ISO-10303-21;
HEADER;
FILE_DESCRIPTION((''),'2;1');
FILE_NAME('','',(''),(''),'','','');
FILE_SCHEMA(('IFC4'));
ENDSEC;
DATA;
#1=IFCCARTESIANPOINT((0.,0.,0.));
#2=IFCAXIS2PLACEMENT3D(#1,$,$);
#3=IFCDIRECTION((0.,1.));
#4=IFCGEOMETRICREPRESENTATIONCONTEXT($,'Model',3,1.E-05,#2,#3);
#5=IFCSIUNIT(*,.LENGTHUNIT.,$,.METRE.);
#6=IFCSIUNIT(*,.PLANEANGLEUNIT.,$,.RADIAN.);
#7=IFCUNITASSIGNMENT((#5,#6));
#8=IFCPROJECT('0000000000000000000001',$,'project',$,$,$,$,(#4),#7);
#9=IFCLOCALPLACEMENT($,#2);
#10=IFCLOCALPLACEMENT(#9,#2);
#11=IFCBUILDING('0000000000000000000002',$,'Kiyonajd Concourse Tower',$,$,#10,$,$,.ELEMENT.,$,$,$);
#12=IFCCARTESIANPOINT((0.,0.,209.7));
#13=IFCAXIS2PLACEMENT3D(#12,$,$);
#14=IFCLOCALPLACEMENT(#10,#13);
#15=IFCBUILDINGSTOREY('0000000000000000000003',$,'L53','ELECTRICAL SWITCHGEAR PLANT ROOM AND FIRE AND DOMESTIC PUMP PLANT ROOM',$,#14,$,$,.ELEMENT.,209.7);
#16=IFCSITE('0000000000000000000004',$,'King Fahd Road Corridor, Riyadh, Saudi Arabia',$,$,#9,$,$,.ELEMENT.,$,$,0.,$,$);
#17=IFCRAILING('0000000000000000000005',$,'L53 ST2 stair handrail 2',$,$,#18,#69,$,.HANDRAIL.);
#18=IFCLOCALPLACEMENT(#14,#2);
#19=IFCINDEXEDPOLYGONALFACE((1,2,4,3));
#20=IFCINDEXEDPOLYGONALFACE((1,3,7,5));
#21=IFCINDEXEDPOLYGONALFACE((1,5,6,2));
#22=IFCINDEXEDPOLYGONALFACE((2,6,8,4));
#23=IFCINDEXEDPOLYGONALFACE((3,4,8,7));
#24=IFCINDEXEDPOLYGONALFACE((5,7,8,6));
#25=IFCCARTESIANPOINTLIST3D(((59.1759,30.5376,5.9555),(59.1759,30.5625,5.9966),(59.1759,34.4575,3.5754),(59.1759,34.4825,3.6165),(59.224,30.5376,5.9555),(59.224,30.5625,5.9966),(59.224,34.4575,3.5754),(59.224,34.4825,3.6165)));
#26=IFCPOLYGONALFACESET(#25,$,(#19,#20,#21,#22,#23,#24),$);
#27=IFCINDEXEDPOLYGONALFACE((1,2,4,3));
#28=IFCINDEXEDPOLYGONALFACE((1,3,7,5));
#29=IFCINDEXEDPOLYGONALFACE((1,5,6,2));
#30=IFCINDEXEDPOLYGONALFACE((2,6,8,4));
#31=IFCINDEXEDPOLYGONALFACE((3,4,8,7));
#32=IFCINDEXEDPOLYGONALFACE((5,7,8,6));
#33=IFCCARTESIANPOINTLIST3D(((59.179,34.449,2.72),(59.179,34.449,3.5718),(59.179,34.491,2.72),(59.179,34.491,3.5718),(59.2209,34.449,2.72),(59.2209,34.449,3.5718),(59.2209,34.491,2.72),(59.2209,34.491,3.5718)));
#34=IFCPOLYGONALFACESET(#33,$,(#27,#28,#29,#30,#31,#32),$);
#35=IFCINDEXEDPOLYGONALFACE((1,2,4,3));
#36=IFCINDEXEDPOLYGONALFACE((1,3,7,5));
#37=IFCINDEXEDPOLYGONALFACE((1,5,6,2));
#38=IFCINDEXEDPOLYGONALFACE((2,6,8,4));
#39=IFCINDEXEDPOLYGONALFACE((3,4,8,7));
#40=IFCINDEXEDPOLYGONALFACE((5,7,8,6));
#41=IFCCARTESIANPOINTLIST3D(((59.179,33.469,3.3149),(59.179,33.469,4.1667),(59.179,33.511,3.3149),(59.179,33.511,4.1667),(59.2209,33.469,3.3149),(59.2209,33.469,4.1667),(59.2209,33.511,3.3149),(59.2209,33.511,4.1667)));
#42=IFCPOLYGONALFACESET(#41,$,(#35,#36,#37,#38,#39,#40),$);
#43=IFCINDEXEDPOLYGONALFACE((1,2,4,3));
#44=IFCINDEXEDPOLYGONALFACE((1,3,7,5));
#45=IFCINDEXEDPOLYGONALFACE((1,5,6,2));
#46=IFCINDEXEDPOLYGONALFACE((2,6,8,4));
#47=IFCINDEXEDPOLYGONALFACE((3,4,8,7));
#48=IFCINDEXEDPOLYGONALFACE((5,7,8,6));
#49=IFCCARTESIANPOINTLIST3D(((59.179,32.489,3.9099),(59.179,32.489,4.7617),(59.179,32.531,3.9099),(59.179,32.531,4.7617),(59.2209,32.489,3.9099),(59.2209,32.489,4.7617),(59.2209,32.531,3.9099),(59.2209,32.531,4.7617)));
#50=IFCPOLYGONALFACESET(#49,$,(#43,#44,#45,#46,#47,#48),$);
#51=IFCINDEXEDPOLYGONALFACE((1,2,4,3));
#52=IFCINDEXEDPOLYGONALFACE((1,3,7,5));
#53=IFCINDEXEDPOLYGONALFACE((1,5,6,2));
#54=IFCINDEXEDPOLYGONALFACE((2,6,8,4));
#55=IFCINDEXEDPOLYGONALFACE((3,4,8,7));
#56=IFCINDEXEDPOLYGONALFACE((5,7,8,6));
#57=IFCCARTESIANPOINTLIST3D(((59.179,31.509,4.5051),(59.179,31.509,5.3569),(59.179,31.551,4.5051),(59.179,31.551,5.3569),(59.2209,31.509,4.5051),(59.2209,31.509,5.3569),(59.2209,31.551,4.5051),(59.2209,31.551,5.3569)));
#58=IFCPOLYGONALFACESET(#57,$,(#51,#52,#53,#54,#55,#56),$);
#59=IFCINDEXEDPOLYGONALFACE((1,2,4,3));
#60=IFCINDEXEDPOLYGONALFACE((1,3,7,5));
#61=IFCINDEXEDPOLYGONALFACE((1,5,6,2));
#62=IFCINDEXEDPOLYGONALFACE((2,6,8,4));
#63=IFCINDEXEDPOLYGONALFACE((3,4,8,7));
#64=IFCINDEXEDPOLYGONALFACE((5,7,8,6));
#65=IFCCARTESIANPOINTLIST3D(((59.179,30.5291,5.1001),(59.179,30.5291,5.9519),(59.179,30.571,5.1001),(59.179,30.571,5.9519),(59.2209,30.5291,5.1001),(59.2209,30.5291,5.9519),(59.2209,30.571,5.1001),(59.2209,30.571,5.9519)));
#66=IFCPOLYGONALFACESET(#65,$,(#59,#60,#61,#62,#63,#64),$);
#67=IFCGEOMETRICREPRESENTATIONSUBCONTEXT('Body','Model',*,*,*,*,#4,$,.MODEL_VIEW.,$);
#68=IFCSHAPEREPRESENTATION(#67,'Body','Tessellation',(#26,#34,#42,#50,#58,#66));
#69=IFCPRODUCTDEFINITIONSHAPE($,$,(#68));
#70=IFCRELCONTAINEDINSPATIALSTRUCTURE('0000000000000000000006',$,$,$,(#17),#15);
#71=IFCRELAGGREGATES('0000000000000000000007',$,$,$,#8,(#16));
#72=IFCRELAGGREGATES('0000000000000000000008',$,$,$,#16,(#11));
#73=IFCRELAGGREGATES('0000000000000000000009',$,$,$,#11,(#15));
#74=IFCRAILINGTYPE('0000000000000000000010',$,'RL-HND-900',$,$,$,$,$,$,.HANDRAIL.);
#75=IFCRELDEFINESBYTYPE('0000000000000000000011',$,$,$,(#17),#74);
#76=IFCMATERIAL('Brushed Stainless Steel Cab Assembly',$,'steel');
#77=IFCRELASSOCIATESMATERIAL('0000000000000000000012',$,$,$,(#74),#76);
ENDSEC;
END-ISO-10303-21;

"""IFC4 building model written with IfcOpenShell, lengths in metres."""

from ifc_helpers import new_model, si_unit, direction, frame, origin, origin_2d, place, context, subcontext, project, spatial, rectangle, extrude, material, type_object, element, save


model = new_model("IFC4")

# Units and contexts
model_context = context("Model", 3, precision=1e-05, world=origin(), true_north=direction((0.0, 1.0)))
body_context = subcontext(model_context, "Body", "Model", "MODEL_VIEW")
ifc_project = project(units=[si_unit("LENGTHUNIT", "METRE"), si_unit("PLANEANGLEUNIT", "RADIAN")], contexts=[model_context])

# Site, building, storey
site_placement = place(None, origin())
site = spatial("IfcSite", under=ifc_project, at=site_placement, Name="King Fahd Road Corridor, Riyadh, Saudi Arabia", CompositionType="ELEMENT", RefElevation=0.0)
building_placement = place(site_placement, origin())
building = spatial("IfcBuilding", under=site, at=building_placement, Name="Kiyonajd Concourse Tower", CompositionType="ELEMENT")
storey_placement = place(building_placement, frame((0.0, 0.0, 209.7)))
storey = spatial("IfcBuildingStorey", under=building, at=storey_placement, Name="L53", Description="ELECTRICAL SWITCHGEAR PLANT ROOM AND FIRE AND DOMESTIC PUMP PLANT ROOM", CompositionType="ELEMENT", Elevation=209.7)

# Shared definitions
ifc_material_1 = material(Name="Brushed Stainless Steel Cab Assembly", Category="steel")

# Railing
railing_type_1 = type_object("IfcRailingType", Name="RL-HND-900", PredefinedType="HANDRAIL", material=ifc_material_1)
railing_1_placement = place(storey_placement, frame((59.2, 34.47, 2.72)))
element("IfcRailing", 1, at=railing_1_placement, inside=storey, type_object=railing_type_1, Name="L53 ST2 stair handrail 2", PredefinedType="HANDRAIL", context=body_context, shape_type="SweptSolid", body=[
    extrude(rectangle(XDim=0.0481, YDim=0.0481, at=origin_2d()), frame((0.0, 0.0, 0.876), z_axis=(0.0, -0.854771, 0.519006), x_axis=(1.0, 0.0, 0.0)), (0.0, 0.0, 1.0), 4.5859),
    extrude(rectangle(XDim=0.042, YDim=0.042, at=origin_2d()), origin(), (0.0, 0.0, 1.0), 0.8518),
    extrude(rectangle(XDim=0.042, YDim=0.042, at=origin_2d()), frame((0.0, -0.98, 0.595)), (0.0, 0.0, 1.0), 0.8518),
    extrude(rectangle(XDim=0.042, YDim=0.042, at=origin_2d()), frame((0.0, -1.96, 1.1899)), (0.0, 0.0, 1.0), 0.8518),
    extrude(rectangle(XDim=0.042, YDim=0.042, at=origin_2d()), frame((0.0, -2.9399, 1.7852)), (0.0, 0.0, 1.0), 0.8518),
    extrude(rectangle(XDim=0.042, YDim=0.042, at=origin_2d()), frame((0.0, -3.9199, 2.3801)), (0.0, 0.0, 1.0), 0.8518),
])

save(model, "model.ifc")
